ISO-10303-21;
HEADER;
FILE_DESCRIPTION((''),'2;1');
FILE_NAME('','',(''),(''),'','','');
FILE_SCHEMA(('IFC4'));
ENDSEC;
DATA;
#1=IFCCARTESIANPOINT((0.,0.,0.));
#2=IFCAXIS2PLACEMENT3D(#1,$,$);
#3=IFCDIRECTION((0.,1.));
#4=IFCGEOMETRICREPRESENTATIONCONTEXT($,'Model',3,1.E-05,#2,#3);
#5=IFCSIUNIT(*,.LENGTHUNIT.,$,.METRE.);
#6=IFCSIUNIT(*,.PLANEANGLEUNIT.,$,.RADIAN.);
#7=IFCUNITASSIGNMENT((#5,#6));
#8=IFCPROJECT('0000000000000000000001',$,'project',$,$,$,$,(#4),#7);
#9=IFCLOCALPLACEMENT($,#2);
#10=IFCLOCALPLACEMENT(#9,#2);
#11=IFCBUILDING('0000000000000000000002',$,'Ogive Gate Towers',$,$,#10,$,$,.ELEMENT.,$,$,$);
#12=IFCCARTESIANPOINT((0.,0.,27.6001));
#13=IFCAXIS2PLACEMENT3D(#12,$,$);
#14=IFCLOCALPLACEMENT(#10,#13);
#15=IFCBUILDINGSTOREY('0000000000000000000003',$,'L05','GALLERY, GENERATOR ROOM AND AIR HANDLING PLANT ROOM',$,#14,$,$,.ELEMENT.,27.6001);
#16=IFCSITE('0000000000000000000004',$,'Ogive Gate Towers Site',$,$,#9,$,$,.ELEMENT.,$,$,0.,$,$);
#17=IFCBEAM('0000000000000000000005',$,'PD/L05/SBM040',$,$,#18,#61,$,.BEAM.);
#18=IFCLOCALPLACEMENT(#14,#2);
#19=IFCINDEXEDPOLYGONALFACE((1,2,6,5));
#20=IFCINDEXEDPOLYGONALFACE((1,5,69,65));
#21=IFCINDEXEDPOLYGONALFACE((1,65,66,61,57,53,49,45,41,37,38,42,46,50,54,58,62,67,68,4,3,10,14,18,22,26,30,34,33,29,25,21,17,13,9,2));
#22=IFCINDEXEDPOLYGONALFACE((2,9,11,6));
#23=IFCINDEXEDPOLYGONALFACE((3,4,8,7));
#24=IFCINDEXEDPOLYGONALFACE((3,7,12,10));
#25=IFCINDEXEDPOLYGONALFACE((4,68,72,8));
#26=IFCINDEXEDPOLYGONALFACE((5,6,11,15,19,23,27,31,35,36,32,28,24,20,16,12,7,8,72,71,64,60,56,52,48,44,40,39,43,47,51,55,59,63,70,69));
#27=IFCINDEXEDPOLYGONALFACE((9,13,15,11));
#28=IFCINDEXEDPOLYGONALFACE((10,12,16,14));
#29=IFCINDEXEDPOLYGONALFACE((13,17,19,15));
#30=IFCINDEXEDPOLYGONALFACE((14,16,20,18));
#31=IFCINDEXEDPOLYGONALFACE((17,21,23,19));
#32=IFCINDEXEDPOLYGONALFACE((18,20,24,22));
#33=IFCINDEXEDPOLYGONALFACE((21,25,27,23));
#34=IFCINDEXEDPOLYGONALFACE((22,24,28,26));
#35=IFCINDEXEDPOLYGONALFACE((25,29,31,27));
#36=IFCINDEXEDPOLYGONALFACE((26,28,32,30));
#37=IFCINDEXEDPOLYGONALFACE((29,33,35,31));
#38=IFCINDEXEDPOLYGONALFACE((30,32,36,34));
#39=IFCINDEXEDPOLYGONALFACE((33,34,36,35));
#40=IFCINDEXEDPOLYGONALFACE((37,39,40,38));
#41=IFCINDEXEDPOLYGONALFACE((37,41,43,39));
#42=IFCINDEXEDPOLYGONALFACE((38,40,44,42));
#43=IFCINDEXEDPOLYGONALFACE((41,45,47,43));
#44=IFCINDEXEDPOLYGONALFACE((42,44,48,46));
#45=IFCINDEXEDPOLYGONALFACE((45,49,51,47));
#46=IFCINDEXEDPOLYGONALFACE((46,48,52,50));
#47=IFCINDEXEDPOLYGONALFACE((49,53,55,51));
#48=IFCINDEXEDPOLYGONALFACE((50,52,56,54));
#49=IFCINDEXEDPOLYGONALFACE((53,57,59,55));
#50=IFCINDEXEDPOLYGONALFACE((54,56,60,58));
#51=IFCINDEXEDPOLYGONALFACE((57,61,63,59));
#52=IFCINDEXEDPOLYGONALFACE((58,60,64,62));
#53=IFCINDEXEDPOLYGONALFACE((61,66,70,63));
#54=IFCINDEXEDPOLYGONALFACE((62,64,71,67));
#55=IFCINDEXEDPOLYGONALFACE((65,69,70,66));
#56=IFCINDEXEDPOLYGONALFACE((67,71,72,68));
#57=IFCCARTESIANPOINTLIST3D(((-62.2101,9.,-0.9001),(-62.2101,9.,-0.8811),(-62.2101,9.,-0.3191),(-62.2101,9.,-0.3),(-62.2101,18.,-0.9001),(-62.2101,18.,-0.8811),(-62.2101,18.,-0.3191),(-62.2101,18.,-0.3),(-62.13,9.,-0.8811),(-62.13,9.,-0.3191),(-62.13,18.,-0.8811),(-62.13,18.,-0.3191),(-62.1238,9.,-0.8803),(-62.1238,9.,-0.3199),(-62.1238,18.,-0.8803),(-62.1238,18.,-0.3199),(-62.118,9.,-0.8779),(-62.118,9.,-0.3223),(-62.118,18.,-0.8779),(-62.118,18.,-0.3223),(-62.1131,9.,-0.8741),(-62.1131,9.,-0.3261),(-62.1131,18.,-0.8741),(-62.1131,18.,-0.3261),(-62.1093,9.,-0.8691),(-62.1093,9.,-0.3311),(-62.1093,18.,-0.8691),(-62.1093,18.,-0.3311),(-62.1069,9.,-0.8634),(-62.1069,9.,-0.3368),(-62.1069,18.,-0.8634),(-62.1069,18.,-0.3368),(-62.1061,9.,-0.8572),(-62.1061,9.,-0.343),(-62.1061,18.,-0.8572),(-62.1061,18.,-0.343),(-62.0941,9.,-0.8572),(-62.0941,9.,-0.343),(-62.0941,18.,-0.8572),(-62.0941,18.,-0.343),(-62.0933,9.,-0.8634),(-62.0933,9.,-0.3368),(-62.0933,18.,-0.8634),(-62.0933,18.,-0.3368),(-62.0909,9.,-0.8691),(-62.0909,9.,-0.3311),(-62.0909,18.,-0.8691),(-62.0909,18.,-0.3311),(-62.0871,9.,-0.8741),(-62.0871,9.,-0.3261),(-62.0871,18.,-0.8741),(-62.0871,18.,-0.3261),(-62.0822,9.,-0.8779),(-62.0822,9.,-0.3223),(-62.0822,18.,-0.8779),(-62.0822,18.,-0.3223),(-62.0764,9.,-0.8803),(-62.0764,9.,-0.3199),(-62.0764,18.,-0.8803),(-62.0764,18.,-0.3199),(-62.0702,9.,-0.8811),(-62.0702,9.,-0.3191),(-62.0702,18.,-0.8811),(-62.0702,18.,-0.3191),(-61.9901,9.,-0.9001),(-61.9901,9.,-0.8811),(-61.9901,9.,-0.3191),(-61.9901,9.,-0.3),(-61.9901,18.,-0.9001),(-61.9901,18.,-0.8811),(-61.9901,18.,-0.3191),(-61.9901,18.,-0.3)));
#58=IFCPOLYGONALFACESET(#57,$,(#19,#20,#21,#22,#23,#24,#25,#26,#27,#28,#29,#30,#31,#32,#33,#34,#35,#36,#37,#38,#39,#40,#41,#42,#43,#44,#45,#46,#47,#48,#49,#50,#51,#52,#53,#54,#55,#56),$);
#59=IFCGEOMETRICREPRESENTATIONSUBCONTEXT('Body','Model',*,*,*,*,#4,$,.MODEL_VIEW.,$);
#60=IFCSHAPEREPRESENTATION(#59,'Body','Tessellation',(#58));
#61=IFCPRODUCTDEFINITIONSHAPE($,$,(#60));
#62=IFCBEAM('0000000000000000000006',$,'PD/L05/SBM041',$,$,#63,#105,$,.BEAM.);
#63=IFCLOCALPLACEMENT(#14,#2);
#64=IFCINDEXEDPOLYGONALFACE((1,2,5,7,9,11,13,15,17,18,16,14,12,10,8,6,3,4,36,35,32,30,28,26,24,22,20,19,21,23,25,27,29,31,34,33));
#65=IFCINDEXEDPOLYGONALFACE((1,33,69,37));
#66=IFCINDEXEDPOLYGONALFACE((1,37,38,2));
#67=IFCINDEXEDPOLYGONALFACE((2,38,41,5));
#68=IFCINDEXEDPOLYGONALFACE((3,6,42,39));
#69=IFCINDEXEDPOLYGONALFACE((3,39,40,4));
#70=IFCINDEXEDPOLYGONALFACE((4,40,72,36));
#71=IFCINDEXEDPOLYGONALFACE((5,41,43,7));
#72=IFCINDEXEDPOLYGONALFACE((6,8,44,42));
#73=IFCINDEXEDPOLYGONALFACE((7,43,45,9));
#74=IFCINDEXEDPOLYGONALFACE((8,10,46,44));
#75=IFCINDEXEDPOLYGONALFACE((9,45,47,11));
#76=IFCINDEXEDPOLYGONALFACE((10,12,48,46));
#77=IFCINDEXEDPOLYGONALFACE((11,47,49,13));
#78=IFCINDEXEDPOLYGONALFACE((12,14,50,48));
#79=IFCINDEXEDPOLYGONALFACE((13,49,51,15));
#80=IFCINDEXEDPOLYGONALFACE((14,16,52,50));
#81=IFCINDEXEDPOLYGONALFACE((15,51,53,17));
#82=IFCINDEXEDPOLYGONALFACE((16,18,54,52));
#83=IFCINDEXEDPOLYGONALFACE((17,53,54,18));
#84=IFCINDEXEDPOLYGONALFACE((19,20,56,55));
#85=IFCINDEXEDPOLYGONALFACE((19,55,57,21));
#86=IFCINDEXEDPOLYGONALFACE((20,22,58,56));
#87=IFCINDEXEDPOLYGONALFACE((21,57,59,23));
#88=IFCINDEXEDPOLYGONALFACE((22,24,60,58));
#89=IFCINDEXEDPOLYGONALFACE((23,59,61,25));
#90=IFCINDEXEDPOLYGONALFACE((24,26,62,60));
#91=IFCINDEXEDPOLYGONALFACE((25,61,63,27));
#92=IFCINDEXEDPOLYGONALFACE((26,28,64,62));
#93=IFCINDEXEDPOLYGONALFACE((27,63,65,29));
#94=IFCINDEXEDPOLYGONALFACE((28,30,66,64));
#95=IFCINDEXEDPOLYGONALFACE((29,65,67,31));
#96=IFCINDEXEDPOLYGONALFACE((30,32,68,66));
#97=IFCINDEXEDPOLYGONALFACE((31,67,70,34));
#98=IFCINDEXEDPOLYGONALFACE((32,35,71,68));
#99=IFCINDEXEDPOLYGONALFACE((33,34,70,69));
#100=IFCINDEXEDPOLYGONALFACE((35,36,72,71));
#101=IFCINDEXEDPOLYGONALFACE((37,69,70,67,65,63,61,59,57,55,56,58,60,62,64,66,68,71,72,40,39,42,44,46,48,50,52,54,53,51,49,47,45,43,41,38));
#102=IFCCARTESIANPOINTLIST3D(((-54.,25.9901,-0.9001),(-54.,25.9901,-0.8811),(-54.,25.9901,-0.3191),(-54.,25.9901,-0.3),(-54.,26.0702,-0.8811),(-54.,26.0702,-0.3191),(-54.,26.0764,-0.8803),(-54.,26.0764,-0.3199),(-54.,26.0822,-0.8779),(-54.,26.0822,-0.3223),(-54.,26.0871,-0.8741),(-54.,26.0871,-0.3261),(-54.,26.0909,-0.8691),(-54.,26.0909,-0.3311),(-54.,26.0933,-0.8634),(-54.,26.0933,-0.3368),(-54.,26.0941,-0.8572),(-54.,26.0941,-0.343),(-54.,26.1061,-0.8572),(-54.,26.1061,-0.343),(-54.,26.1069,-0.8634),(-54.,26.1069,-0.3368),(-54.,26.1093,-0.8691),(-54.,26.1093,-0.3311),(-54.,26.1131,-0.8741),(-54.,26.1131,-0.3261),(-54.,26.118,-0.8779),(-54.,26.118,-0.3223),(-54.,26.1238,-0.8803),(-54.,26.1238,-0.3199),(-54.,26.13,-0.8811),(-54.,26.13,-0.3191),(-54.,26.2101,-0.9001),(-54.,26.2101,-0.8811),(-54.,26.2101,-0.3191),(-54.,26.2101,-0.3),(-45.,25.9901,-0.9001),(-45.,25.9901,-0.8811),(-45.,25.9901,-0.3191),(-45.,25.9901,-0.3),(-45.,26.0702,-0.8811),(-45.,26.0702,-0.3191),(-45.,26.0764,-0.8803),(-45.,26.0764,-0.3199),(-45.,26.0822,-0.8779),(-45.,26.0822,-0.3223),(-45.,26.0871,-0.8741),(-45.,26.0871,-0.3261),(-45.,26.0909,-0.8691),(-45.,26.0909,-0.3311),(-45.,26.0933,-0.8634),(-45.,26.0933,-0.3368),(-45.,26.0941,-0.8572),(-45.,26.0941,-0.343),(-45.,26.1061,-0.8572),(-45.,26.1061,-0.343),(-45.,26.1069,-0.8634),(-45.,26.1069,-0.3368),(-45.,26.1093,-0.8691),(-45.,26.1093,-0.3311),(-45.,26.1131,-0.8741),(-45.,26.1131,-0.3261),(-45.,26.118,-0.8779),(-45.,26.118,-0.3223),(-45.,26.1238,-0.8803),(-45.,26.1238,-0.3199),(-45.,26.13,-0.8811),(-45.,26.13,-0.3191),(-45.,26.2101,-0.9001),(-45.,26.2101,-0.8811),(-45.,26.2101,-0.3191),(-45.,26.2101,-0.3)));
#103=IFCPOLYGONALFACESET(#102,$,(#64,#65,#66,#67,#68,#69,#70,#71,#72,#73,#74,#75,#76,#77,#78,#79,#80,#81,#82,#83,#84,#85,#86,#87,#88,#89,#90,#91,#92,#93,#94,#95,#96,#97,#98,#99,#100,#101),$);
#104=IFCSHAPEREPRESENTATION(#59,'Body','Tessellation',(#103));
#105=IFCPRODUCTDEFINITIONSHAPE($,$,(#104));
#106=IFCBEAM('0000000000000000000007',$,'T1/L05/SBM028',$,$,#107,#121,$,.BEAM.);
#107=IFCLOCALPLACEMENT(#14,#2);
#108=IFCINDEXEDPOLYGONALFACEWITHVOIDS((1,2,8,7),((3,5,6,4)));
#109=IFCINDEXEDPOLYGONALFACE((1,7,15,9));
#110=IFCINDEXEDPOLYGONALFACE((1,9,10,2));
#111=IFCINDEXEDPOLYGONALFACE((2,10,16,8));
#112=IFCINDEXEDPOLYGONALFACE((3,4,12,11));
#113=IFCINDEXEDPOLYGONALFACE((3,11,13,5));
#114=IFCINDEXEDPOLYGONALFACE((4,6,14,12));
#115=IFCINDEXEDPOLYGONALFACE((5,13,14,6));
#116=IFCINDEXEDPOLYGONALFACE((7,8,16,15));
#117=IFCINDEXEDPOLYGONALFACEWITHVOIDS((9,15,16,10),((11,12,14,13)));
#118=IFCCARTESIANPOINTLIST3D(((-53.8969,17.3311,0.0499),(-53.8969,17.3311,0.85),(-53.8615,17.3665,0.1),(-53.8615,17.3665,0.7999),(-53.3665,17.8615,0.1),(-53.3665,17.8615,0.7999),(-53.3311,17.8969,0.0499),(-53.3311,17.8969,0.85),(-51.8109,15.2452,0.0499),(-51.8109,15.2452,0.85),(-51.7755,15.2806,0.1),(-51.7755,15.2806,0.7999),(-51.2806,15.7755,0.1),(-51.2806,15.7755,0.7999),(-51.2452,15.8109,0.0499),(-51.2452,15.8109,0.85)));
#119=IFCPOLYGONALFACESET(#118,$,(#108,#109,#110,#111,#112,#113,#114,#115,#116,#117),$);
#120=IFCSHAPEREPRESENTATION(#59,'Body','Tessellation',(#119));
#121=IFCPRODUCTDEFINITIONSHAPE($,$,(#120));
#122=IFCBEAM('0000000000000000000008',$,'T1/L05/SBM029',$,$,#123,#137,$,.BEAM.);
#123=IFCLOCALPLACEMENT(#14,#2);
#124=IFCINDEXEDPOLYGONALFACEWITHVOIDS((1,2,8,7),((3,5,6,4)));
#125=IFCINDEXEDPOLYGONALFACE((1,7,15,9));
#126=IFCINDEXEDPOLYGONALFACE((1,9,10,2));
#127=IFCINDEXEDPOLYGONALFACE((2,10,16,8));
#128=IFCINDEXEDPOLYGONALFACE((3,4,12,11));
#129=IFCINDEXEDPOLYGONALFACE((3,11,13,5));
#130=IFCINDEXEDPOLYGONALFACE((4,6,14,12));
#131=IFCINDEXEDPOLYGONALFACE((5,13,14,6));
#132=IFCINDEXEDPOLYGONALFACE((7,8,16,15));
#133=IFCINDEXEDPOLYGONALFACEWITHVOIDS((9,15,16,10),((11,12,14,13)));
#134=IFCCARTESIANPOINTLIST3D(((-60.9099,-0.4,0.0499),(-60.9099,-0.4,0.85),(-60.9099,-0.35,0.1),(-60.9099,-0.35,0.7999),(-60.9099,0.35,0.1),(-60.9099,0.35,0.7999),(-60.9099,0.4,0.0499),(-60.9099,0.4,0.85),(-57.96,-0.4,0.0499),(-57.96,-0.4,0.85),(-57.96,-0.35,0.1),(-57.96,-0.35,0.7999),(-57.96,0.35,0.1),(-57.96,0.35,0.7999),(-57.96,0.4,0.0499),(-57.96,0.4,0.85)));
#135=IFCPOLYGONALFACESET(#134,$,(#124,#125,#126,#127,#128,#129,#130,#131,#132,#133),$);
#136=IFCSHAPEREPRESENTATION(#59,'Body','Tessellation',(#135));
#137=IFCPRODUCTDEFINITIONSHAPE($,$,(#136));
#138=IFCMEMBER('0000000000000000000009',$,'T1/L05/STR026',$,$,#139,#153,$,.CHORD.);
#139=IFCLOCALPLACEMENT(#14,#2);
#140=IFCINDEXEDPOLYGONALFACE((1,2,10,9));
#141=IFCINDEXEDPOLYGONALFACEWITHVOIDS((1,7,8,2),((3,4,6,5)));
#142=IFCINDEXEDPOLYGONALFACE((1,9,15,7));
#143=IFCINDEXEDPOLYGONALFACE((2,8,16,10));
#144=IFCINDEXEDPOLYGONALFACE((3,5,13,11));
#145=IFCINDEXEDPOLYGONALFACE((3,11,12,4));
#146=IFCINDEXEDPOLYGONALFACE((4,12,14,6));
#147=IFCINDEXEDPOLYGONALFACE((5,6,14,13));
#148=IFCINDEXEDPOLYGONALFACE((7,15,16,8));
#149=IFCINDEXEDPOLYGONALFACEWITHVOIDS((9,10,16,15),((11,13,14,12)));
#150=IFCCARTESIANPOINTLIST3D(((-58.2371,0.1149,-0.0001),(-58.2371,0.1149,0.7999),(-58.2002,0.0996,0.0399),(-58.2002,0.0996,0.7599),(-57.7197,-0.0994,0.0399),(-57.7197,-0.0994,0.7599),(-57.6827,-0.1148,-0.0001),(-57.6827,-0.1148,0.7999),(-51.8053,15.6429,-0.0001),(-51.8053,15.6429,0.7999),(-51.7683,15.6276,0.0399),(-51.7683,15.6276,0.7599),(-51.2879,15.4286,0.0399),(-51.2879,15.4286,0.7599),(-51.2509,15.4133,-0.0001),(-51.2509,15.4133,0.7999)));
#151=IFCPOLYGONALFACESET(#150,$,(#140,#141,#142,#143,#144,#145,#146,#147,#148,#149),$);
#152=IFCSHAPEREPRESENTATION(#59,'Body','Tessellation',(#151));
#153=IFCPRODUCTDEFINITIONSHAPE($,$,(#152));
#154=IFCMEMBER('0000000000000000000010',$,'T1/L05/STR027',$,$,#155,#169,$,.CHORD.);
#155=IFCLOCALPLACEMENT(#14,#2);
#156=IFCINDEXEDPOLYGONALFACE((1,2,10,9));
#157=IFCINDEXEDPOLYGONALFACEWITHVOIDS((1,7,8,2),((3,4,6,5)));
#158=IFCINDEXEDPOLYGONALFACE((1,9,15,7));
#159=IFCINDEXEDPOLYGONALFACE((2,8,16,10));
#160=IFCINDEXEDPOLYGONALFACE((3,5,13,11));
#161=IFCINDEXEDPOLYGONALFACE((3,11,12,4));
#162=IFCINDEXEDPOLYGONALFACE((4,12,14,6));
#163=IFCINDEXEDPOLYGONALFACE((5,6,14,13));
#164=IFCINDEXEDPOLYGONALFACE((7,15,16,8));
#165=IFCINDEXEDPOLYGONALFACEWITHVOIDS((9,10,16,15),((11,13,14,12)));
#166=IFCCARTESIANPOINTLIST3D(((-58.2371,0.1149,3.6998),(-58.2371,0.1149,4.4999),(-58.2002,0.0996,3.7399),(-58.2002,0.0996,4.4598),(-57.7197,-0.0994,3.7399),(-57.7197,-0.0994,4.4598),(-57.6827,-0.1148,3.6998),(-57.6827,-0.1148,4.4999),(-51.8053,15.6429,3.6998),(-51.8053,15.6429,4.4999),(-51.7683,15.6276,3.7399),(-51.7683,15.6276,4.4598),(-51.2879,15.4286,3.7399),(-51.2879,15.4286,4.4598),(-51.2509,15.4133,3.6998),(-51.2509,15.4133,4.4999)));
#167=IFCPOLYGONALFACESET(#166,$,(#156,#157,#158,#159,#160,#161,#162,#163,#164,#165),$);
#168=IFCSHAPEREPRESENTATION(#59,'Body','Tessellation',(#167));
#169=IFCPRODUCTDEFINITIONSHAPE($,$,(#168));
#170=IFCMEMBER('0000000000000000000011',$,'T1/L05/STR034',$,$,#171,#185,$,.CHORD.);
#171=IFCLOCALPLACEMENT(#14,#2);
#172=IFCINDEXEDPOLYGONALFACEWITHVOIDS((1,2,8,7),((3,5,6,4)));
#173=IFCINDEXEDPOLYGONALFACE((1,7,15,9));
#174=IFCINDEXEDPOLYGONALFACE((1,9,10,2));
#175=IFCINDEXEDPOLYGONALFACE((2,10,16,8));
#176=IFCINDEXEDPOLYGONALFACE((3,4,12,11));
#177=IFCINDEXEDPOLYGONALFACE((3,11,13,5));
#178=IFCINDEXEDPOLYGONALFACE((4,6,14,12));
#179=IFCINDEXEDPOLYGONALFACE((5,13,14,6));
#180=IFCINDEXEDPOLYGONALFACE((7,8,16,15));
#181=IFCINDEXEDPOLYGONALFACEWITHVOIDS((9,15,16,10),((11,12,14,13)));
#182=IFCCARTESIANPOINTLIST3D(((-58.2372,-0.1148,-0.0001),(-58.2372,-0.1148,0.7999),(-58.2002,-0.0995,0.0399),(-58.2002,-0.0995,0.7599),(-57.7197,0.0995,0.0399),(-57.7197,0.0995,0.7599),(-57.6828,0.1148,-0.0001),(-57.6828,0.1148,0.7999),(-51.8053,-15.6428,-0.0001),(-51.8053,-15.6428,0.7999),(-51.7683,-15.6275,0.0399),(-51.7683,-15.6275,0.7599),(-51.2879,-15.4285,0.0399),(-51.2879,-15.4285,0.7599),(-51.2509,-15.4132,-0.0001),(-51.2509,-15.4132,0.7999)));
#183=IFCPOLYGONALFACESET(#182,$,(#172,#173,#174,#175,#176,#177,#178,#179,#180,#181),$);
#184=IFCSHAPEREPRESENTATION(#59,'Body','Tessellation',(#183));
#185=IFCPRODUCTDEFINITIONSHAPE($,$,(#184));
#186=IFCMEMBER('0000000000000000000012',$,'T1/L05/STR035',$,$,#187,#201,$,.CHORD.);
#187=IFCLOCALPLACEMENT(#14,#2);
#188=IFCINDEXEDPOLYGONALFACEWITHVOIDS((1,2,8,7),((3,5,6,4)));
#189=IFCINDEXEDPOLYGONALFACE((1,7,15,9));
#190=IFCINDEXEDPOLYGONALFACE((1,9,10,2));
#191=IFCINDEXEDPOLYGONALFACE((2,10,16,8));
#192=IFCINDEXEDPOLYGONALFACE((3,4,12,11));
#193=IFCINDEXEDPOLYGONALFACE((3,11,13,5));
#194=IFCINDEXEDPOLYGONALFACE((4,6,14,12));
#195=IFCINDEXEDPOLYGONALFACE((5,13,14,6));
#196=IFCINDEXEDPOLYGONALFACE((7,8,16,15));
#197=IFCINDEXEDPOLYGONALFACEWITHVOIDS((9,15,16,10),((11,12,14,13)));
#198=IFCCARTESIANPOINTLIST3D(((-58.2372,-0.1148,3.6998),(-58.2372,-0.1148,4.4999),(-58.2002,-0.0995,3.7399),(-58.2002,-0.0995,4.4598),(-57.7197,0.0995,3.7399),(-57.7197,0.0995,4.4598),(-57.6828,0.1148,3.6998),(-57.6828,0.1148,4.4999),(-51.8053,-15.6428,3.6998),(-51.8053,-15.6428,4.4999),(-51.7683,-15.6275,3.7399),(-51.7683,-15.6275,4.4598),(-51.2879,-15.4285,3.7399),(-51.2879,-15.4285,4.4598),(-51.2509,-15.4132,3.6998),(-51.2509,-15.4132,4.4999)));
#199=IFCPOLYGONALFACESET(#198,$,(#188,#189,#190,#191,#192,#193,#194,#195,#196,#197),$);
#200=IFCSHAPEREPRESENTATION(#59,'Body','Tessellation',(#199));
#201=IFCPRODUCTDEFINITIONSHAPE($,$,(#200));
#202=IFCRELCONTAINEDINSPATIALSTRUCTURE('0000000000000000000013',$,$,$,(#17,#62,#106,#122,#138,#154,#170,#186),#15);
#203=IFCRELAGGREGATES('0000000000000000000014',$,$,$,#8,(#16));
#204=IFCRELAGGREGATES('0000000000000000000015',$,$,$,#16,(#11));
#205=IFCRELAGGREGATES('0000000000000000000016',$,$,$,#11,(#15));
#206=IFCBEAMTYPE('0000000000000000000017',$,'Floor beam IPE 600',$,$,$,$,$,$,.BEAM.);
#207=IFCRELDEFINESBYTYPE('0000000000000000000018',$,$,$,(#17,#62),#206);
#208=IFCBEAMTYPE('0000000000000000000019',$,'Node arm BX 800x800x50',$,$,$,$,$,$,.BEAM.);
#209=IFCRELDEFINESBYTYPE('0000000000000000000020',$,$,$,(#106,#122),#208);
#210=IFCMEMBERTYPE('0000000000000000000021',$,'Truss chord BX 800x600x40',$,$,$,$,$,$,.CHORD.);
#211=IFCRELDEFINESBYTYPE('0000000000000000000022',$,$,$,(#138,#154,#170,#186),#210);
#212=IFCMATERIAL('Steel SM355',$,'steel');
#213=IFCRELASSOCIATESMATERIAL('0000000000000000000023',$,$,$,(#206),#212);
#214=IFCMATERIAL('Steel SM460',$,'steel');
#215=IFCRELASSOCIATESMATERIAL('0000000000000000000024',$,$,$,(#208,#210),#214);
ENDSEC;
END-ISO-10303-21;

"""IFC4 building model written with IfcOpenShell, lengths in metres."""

from ifc_helpers import new_model, si_unit, direction, frame, origin, origin_2d, place, context, subcontext, project, spatial, hollow_rectangle, i_section, extrude, material, material_profile, profile_set, type_object, element, save


model = new_model("IFC4")

# Units and contexts
model_context = context("Model", 3, precision=1e-05, world=origin(), true_north=direction((0.0, 1.0)))
body_context = subcontext(model_context, "Body", "Model", "MODEL_VIEW")
ifc_project = project(units=[si_unit("LENGTHUNIT", "METRE"), si_unit("PLANEANGLEUNIT", "RADIAN")], contexts=[model_context])

# Site, building, storey
site_placement = place(None, origin())
site = spatial("IfcSite", under=ifc_project, at=site_placement, Name="Ogive Gate Towers Site", CompositionType="ELEMENT", RefElevation=0.0)
building_placement = place(site_placement, origin())
building = spatial("IfcBuilding", under=site, at=building_placement, Name="Ogive Gate Towers", CompositionType="ELEMENT")
storey_placement = place(building_placement, frame((0.0, 0.0, 27.6001)))
storey = spatial("IfcBuildingStorey", under=building, at=storey_placement, Name="L05", Description="GALLERY, GENERATOR ROOM AND AIR HANDLING PLANT ROOM", CompositionType="ELEMENT", Elevation=27.6001)

# Beams
ifc_material_1 = material(Name="Steel SM460", Category="steel")
ifc_material_2 = material(Name="Steel SM355", Category="steel")
ifc_material_profile_1 = material_profile(ifc_material_2, i_section(OverallWidth=0.22, OverallDepth=0.6001, WebThickness=0.012, FlangeThickness=0.019, FilletRadius=0.0239, at=origin_2d()), Name="IPE 600")
ifc_profile_set_1 = profile_set([ifc_material_profile_1], Name="Steel SM355")
beam_type_1 = type_object("IfcBeamType", Name="Floor beam IPE 600", PredefinedType="BEAM", material=ifc_profile_set_1)
for number, where, z_axis, x_axis, name in (
    (1, (-62.1001, 9.0, -0.6001), (0.0, 1.0, 0.0), (-1.0, 0.0, 0.0), "PD/L05/SBM040"),
    (2, (-54.0, 26.1001, -0.6001), (1.0, 0.0, 0.0), (0.0, 1.0, 0.0), "PD/L05/SBM041"),
):
    element("IfcBeam", number, at=place(storey_placement, frame(where, z_axis=z_axis, x_axis=x_axis)), inside=storey, type_object=beam_type_1, Name=name, PredefinedType="BEAM", context=body_context, shape_type="SweptSolid", body=[
        extrude(i_section(OverallWidth=0.22, OverallDepth=0.6001, WebThickness=0.012, FlangeThickness=0.019, FilletRadius=0.0239, at=origin_2d()), origin(), (0.0, 0.0, 1.0), 9.0),
    ])
ifc_material_profile_2 = material_profile(ifc_material_1, hollow_rectangle(XDim=0.8, YDim=0.8, WallThickness=0.05, at=origin_2d()), Name="BX 800x800x50")
ifc_profile_set_2 = profile_set([ifc_material_profile_2], Name="Steel SM460")
beam_type_2 = type_object("IfcBeamType", Name="Node arm BX 800x800x50", PredefinedType="BEAM", material=ifc_profile_set_2)
for number, where, z_axis, x_axis, name in (
    (3, (-51.5281, 15.5281, 0.45), (-0.707107, 0.707107, 0.0), (-0.707107, -0.707107, 0.0), "T1/L05/SBM028"),
    (4, (-57.96, 0.0, 0.45), (-1.0, 0.0, 0.0), (0.0, -1.0, 0.0), "T1/L05/SBM029"),
):
    element("IfcBeam", number, at=place(storey_placement, frame(where, z_axis=z_axis, x_axis=x_axis)), inside=storey, type_object=beam_type_2, Name=name, PredefinedType="BEAM", context=body_context, shape_type="SweptSolid", body=[
        extrude(hollow_rectangle(XDim=0.8, YDim=0.8, WallThickness=0.05, at=origin_2d()), origin(), (0.0, 0.0, 1.0), 2.95),
    ])

# Members
ifc_material_profile_3 = material_profile(ifc_material_1, hollow_rectangle(XDim=0.6001, YDim=0.8, WallThickness=0.04, at=origin_2d()), Name="BX 800x600x40")
ifc_profile_set_3 = profile_set([ifc_material_profile_3], Name="Steel SM460")
member_type_1 = type_object("IfcMemberType", Name="Truss chord BX 800x600x40", PredefinedType="CHORD", material=ifc_profile_set_3)
for number, where, z_axis, x_axis, name in (
    (5, (-51.5281, 15.5281, 0.3999), (-0.382681, -0.923881, 0.0), (0.923881, -0.382681, 0.0), "T1/L05/STR026"),
    (6, (-51.5281, 15.5281, 4.0999), (-0.382681, -0.923881, 0.0), (0.923881, -0.382681, 0.0), "T1/L05/STR027"),
    (7, (-57.96, 0.0, 0.3999), (0.382681, -0.923881, 0.0), (0.923881, 0.382681, 0.0), "T1/L05/STR034"),
    (8, (-57.96, 0.0, 4.0999), (0.382681, -0.923881, 0.0), (0.923881, 0.382681, 0.0), "T1/L05/STR035"),
):
    element("IfcMember", number, at=place(storey_placement, frame(where, z_axis=z_axis, x_axis=x_axis)), inside=storey, type_object=member_type_1, Name=name, PredefinedType="CHORD", context=body_context, shape_type="SweptSolid", body=[
        extrude(hollow_rectangle(XDim=0.6001, YDim=0.8, WallThickness=0.04, at=origin_2d()), origin(), (0.0, 0.0, 1.0), 16.8074),
    ])

save(model, "model.ifc")
